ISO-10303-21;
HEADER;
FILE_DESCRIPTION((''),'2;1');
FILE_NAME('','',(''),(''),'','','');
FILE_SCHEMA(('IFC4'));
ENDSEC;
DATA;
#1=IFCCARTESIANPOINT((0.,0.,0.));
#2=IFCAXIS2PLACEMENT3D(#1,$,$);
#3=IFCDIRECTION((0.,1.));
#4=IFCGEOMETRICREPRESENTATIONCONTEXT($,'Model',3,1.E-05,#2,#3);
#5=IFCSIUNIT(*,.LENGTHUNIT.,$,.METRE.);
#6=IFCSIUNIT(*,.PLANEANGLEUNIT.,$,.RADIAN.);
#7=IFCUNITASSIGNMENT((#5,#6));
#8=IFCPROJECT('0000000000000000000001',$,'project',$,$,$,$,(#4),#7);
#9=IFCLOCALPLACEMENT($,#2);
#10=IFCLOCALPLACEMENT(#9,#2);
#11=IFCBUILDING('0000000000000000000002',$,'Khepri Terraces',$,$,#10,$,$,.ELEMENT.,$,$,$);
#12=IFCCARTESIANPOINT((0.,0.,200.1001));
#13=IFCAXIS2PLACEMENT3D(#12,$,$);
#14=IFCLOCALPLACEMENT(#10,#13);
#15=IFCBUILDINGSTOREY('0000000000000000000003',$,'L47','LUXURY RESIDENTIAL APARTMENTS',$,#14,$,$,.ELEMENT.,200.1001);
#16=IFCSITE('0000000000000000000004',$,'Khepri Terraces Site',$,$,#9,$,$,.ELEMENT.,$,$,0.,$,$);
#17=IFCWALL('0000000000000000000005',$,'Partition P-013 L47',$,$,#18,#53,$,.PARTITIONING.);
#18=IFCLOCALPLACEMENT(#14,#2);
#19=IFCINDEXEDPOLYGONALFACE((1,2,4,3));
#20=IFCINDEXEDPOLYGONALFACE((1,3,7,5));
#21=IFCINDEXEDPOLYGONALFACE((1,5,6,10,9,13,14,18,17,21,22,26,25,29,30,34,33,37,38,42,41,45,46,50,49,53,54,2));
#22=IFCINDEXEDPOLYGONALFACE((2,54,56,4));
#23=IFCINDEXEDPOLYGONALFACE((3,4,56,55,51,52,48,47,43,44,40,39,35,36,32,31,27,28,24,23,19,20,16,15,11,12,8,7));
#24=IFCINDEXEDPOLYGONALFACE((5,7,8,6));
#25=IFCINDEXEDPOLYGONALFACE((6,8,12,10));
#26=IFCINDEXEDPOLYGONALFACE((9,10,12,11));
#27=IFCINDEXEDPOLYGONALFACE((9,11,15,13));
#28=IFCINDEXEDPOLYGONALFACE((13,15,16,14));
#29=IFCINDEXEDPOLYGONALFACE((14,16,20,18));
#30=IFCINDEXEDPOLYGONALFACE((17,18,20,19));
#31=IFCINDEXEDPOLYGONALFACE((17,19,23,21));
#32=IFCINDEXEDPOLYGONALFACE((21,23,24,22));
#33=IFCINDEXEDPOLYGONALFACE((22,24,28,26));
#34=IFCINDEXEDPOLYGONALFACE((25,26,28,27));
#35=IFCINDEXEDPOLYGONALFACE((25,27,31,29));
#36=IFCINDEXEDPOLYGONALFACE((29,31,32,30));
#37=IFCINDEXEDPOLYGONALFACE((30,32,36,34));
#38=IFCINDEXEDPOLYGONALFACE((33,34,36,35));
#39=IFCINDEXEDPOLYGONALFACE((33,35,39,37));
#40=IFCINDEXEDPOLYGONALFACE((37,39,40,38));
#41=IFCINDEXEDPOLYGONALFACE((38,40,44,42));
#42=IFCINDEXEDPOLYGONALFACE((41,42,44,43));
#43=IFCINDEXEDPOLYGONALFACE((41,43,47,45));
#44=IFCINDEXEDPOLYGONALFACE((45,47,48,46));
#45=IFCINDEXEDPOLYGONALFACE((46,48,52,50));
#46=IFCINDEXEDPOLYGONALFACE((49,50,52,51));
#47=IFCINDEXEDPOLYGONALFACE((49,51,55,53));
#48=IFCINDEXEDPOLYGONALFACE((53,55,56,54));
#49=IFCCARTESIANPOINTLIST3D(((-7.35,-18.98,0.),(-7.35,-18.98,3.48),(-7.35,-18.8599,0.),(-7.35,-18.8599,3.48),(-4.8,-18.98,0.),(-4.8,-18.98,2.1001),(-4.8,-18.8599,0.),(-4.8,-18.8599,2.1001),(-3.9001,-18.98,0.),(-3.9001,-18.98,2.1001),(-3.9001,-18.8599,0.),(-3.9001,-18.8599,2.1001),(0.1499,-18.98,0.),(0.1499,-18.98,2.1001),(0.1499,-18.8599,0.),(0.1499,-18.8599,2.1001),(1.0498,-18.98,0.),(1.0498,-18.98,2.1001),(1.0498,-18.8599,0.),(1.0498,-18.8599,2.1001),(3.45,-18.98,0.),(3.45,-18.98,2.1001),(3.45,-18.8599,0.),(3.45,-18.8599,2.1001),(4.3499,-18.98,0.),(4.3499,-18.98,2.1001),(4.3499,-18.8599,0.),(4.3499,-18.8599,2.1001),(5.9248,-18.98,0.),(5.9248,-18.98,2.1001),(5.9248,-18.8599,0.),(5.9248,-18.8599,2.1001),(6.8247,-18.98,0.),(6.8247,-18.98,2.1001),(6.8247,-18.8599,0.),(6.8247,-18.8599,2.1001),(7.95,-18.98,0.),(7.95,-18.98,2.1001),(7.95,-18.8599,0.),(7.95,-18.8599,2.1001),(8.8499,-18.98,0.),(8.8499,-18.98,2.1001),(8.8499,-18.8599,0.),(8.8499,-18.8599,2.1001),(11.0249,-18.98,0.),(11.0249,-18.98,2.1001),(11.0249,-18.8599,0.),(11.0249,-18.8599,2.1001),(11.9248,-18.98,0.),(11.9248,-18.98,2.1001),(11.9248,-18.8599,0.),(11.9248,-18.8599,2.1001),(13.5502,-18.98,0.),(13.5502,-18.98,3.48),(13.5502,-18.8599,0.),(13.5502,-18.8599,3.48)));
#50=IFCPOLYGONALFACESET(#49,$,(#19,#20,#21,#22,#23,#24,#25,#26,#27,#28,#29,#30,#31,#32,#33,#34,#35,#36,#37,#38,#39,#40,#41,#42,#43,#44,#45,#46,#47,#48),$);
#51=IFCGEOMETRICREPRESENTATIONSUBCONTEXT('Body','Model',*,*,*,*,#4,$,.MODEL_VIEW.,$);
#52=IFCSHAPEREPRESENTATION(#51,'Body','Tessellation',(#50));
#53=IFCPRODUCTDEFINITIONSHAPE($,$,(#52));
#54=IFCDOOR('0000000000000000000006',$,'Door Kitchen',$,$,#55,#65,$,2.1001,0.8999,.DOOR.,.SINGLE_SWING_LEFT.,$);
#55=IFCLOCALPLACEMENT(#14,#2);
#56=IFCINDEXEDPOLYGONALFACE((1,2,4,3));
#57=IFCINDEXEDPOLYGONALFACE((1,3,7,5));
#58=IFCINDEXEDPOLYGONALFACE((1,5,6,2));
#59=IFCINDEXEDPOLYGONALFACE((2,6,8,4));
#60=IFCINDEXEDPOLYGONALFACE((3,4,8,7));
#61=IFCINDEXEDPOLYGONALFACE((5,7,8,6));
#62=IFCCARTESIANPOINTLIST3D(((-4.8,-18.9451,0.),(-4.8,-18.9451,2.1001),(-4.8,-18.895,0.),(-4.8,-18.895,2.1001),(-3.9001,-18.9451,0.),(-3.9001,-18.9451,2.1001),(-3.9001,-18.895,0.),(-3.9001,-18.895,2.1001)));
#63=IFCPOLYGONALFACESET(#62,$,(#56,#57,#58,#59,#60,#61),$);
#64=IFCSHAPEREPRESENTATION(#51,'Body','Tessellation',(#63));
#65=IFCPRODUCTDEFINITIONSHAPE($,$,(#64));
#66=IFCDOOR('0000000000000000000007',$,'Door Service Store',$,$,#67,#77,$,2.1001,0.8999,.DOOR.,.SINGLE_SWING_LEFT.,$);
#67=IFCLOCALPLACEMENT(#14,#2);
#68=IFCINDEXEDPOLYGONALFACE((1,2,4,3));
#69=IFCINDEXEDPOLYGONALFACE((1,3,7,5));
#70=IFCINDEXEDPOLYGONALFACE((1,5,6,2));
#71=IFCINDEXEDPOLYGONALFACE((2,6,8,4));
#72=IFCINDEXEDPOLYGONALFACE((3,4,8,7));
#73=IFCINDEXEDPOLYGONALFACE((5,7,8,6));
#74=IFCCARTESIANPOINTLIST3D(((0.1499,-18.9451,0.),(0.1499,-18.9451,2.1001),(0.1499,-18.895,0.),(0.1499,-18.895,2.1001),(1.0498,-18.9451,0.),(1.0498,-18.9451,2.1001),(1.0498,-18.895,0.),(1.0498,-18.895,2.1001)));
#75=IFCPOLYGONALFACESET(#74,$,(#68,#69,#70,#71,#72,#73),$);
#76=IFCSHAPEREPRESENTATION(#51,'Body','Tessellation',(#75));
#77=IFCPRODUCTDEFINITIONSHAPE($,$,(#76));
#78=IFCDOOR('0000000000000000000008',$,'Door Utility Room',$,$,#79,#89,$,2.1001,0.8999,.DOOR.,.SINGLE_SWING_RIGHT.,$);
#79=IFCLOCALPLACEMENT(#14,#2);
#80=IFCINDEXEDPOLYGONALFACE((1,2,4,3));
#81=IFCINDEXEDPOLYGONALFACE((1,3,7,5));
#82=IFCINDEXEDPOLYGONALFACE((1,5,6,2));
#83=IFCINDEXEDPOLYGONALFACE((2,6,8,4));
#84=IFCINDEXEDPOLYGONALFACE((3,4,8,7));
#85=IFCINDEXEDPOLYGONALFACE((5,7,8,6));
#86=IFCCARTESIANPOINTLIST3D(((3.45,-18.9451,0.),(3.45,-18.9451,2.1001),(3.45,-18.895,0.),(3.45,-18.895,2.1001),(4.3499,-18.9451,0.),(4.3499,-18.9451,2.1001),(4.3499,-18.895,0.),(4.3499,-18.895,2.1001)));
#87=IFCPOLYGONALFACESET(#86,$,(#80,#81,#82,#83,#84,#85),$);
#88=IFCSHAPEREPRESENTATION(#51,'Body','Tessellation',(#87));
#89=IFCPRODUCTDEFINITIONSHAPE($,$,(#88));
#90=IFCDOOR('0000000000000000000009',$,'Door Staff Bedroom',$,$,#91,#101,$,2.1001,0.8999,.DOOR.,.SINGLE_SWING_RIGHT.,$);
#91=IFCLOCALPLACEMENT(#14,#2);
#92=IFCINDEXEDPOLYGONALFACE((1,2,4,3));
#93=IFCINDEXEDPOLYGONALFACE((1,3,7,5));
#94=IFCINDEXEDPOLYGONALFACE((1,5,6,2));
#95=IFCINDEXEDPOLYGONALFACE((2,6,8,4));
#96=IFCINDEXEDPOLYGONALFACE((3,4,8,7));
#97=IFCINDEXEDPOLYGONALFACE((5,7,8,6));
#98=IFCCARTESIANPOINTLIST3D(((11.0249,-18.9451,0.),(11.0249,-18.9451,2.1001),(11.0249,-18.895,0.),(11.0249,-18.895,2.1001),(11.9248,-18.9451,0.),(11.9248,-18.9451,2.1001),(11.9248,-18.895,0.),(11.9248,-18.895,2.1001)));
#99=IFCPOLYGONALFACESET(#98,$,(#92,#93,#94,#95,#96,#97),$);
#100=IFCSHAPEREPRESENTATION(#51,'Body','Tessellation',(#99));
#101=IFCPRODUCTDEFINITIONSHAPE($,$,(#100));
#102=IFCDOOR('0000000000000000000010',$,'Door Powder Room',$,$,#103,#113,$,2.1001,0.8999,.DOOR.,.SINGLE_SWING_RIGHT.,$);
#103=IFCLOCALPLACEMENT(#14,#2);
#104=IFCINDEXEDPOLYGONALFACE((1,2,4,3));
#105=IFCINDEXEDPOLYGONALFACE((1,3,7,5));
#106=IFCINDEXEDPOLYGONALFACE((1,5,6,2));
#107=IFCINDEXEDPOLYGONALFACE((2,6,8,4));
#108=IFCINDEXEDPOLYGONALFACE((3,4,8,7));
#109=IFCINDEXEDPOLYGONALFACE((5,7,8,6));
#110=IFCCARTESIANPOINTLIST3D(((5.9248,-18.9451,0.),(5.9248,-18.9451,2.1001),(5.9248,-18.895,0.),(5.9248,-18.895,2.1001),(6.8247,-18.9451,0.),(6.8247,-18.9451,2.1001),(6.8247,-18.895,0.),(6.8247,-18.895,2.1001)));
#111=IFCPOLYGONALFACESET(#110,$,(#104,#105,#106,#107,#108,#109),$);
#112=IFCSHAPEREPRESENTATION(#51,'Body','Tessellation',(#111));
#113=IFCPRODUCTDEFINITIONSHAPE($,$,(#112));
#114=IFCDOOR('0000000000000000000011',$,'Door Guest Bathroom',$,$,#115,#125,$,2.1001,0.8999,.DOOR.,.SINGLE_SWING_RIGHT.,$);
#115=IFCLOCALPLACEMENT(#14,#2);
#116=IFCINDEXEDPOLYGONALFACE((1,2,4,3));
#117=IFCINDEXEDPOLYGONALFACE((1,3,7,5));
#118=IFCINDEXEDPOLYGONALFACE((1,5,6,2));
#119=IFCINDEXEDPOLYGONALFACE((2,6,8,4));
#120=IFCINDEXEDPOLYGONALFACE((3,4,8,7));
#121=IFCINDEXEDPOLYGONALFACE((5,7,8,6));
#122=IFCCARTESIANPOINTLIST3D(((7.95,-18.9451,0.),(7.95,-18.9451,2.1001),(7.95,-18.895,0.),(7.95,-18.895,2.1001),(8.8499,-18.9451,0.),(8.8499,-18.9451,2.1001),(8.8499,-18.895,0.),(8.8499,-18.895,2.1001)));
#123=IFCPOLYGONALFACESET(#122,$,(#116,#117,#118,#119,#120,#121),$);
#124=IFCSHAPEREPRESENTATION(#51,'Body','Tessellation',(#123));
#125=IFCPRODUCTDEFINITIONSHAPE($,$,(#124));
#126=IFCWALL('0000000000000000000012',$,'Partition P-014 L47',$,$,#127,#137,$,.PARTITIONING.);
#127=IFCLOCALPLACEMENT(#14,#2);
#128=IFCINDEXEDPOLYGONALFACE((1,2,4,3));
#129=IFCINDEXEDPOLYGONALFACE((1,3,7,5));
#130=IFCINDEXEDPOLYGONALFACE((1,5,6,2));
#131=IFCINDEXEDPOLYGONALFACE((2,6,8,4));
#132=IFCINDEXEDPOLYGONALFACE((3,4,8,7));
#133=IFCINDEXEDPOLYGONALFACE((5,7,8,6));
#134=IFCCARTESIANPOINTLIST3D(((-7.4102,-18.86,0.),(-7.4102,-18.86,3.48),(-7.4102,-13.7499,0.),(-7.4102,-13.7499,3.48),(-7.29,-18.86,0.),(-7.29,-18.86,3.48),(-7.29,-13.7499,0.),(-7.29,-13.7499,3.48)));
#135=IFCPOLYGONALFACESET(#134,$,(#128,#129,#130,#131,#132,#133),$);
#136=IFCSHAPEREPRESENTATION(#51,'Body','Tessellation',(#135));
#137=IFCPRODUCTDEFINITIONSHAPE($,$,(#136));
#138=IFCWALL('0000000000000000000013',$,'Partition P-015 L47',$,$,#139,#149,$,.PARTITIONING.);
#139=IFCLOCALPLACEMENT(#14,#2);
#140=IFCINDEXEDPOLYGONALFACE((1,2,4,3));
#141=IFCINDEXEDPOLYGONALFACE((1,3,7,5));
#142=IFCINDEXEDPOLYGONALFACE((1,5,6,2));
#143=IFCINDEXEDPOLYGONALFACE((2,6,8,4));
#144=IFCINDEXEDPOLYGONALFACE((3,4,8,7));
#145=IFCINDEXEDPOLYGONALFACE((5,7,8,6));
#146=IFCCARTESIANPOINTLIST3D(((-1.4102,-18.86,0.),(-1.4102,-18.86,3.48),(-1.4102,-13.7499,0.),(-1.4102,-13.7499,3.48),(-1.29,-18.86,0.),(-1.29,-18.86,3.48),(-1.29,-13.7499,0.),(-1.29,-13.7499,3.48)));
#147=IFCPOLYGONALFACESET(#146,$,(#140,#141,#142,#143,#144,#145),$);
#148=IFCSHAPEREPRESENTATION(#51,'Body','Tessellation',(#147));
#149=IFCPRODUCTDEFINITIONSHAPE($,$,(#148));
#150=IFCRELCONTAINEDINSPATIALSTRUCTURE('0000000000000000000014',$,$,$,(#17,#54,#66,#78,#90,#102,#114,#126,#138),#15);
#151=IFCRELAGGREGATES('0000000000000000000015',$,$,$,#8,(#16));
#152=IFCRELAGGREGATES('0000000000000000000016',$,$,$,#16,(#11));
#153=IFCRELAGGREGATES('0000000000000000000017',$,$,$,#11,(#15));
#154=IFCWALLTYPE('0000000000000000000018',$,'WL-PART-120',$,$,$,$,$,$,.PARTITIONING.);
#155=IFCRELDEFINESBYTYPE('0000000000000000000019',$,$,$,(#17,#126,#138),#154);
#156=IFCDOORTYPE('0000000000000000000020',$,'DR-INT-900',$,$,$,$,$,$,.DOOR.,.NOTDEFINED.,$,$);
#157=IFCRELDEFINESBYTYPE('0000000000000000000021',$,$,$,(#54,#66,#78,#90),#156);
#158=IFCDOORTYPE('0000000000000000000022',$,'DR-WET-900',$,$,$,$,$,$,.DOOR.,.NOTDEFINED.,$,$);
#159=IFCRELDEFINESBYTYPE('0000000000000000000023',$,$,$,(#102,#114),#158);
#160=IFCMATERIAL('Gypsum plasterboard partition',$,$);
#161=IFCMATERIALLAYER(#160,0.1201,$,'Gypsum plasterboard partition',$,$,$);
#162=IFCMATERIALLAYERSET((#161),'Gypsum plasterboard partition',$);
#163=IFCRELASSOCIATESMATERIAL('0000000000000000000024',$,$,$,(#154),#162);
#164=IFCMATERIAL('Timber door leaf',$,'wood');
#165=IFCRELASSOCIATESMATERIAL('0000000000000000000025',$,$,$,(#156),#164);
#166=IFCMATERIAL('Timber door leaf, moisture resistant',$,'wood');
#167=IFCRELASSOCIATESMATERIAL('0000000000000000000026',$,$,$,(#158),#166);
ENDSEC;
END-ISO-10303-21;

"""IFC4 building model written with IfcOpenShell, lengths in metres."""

from ifc_helpers import new_model, si_unit, direction, frame, frame_2d, origin, place, context, subcontext, project, spatial, rectangle, extrude, material, layer, layer_set, type_object, element, fill, save


model = new_model("IFC4")

# Units and contexts
model_context = context("Model", 3, precision=1e-05, world=origin(), true_north=direction((0.0, 1.0)))
body_context = subcontext(model_context, "Body", "Model", "MODEL_VIEW")
ifc_project = project(units=[si_unit("LENGTHUNIT", "METRE"), si_unit("PLANEANGLEUNIT", "RADIAN")], contexts=[model_context])

# Site, building, storey
site_placement = place(None, origin())
site = spatial("IfcSite", under=ifc_project, at=site_placement, Name="Khepri Terraces Site", CompositionType="ELEMENT", RefElevation=0.0)
building_placement = place(site_placement, origin())
building = spatial("IfcBuilding", under=site, at=building_placement, Name="Khepri Terraces", CompositionType="ELEMENT")
storey_placement = place(building_placement, frame((0.0, 0.0, 200.1001)))
storey = spatial("IfcBuildingStorey", under=building, at=storey_placement, Name="L47", Description="LUXURY RESIDENTIAL APARTMENTS", CompositionType="ELEMENT", Elevation=200.1001)

# Shared definitions
ifc_material_1 = material(Name="Gypsum plasterboard partition")
ifc_layer_1 = layer(ifc_material_1, 0.1201, Name="Gypsum plasterboard partition")
ifc_layer_set_1 = layer_set([ifc_layer_1], Name="Gypsum plasterboard partition")
wall_type_1 = type_object("IfcWallType", Name="WL-PART-120", PredefinedType="PARTITIONING", material=ifc_layer_set_1)
ifc_material_2 = material(Name="Timber door leaf", Category="wood")
door_type_1 = type_object("IfcDoorType", Name="DR-INT-900", OperationType="NOTDEFINED", PredefinedType="DOOR", material=ifc_material_2)
ifc_material_3 = material(Name="Timber door leaf, moisture resistant", Category="wood")
door_type_2 = type_object("IfcDoorType", Name="DR-WET-900", OperationType="NOTDEFINED", PredefinedType="DOOR", material=ifc_material_3)

# Wall, openings, doors
wall_1_placement = place(storey_placement, frame((-7.3501, -18.9199, 0.0), z_axis=(0.0, 0.0, 1.0), x_axis=(1.0, 0.0, 0.0)))
wall_1 = element("IfcWall", 1, at=wall_1_placement, inside=storey, type_object=wall_type_1, Name="Partition P-013 L47", PredefinedType="PARTITIONING", context=body_context, shape_type="SweptSolid", body=[
    extrude(rectangle(XDim=20.9001, YDim=0.1201, at=frame_2d((10.4502, 0.0))), origin(), (0.0, 0.0, 1.0), 3.48),
])
opening_1_placement = place(wall_1_placement, frame((2.55, 0.0, 0.0)))
opening_1 = element("IfcOpeningElement", 2, at=opening_1_placement, cuts=wall_1, PredefinedType="OPENING", context=body_context, shape_type="SweptSolid", body=[
    extrude(rectangle(XDim=0.8999, YDim=2.1001, at=frame_2d((0.45, 1.05))), frame((0.0, 0.0701, 0.0), z_axis=(0.0, -1.0, 0.0), x_axis=(1.0, 0.0, 0.0)), (0.0, 0.0, 1.0), 0.1401),
])
opening_2_placement = place(wall_1_placement, frame((7.5, 0.0, 0.0)))
opening_2 = element("IfcOpeningElement", 3, at=opening_2_placement, cuts=wall_1, PredefinedType="OPENING", context=body_context, shape_type="SweptSolid", body=[
    extrude(rectangle(XDim=0.8999, YDim=2.1001, at=frame_2d((0.45, 1.05))), frame((0.0, 0.0701, 0.0), z_axis=(0.0, -1.0, 0.0), x_axis=(1.0, 0.0, 0.0)), (0.0, 0.0, 1.0), 0.1401),
])
opening_3_placement = place(wall_1_placement, frame((10.8, 0.0, 0.0)))
opening_3 = element("IfcOpeningElement", 4, at=opening_3_placement, cuts=wall_1, PredefinedType="OPENING", context=body_context, shape_type="SweptSolid", body=[
    extrude(rectangle(XDim=0.8999, YDim=2.1001, at=frame_2d((0.45, 1.05))), frame((0.0, 0.0701, 0.0), z_axis=(0.0, -1.0, 0.0), x_axis=(1.0, 0.0, 0.0)), (0.0, 0.0, 1.0), 0.1401),
])
opening_4_placement = place(wall_1_placement, frame((13.2749, 0.0, 0.0)))
opening_4 = element("IfcOpeningElement", 5, at=opening_4_placement, cuts=wall_1, PredefinedType="OPENING", context=body_context, shape_type="SweptSolid", body=[
    extrude(rectangle(XDim=0.8999, YDim=2.1001, at=frame_2d((0.45, 1.05))), frame((0.0, 0.0701, 0.0), z_axis=(0.0, -1.0, 0.0), x_axis=(1.0, 0.0, 0.0)), (0.0, 0.0, 1.0), 0.1401),
])
opening_5_placement = place(wall_1_placement, frame((15.3, 0.0, 0.0)))
opening_5 = element("IfcOpeningElement", 6, at=opening_5_placement, cuts=wall_1, PredefinedType="OPENING", context=body_context, shape_type="SweptSolid", body=[
    extrude(rectangle(XDim=0.8999, YDim=2.1001, at=frame_2d((0.45, 1.05))), frame((0.0, 0.0701, 0.0), z_axis=(0.0, -1.0, 0.0), x_axis=(1.0, 0.0, 0.0)), (0.0, 0.0, 1.0), 0.1401),
])
opening_6_placement = place(wall_1_placement, frame((18.375, 0.0, 0.0)))
opening_6 = element("IfcOpeningElement", 7, at=opening_6_placement, cuts=wall_1, PredefinedType="OPENING", context=body_context, shape_type="SweptSolid", body=[
    extrude(rectangle(XDim=0.8999, YDim=2.1001, at=frame_2d((0.45, 1.05))), frame((0.0, 0.0701, 0.0), z_axis=(0.0, -1.0, 0.0), x_axis=(1.0, 0.0, 0.0)), (0.0, 0.0, 1.0), 0.1401),
])
door_1_placement = place(opening_1_placement, origin())
door_1 = element("IfcDoor", 8, at=door_1_placement, inside=storey, type_object=door_type_1, Name="Door Kitchen", OperationType="SINGLE_SWING_LEFT", OverallHeight=2.1001, OverallWidth=0.8999, PredefinedType="DOOR", context=body_context, shape_type="SweptSolid", body=[
    extrude(rectangle(XDim=0.8999, YDim=2.1001, at=frame_2d((0.45, 1.05))), frame((0.0, 0.0249, 0.0), z_axis=(0.0, -1.0, 0.0), x_axis=(1.0, 0.0, 0.0)), (0.0, 0.0, 1.0), 0.05),
])
fill(opening_1, door_1)
door_2_placement = place(opening_2_placement, origin())
door_2 = element("IfcDoor", 9, at=door_2_placement, inside=storey, type_object=door_type_1, Name="Door Service Store", OperationType="SINGLE_SWING_LEFT", OverallHeight=2.1001, OverallWidth=0.8999, PredefinedType="DOOR", context=body_context, shape_type="SweptSolid", body=[
    extrude(rectangle(XDim=0.8999, YDim=2.1001, at=frame_2d((0.45, 1.05))), frame((0.0, 0.0249, 0.0), z_axis=(0.0, -1.0, 0.0), x_axis=(1.0, 0.0, 0.0)), (0.0, 0.0, 1.0), 0.05),
])
fill(opening_2, door_2)
door_3_placement = place(opening_3_placement, origin())
door_3 = element("IfcDoor", 10, at=door_3_placement, inside=storey, type_object=door_type_1, Name="Door Utility Room", OperationType="SINGLE_SWING_RIGHT", OverallHeight=2.1001, OverallWidth=0.8999, PredefinedType="DOOR", context=body_context, shape_type="SweptSolid", body=[
    extrude(rectangle(XDim=0.8999, YDim=2.1001, at=frame_2d((0.45, 1.05))), frame((0.0, 0.0249, 0.0), z_axis=(0.0, -1.0, 0.0), x_axis=(1.0, 0.0, 0.0)), (0.0, 0.0, 1.0), 0.05),
])
fill(opening_3, door_3)
door_4_placement = place(opening_6_placement, origin())
door_4 = element("IfcDoor", 11, at=door_4_placement, inside=storey, type_object=door_type_1, Name="Door Staff Bedroom", OperationType="SINGLE_SWING_RIGHT", OverallHeight=2.1001, OverallWidth=0.8999, PredefinedType="DOOR", context=body_context, shape_type="SweptSolid", body=[
    extrude(rectangle(XDim=0.8999, YDim=2.1001, at=frame_2d((0.45, 1.05))), frame((0.0, 0.0249, 0.0), z_axis=(0.0, -1.0, 0.0), x_axis=(1.0, 0.0, 0.0)), (0.0, 0.0, 1.0), 0.05),
])
fill(opening_6, door_4)
door_5_placement = place(opening_4_placement, origin())
door_5 = element("IfcDoor", 12, at=door_5_placement, inside=storey, type_object=door_type_2, Name="Door Powder Room", OperationType="SINGLE_SWING_RIGHT", OverallHeight=2.1001, OverallWidth=0.8999, PredefinedType="DOOR", context=body_context, shape_type="SweptSolid", body=[
    extrude(rectangle(XDim=0.8999, YDim=2.1001, at=frame_2d((0.45, 1.05))), frame((0.0, 0.0249, 0.0), z_axis=(0.0, -1.0, 0.0), x_axis=(1.0, 0.0, 0.0)), (0.0, 0.0, 1.0), 0.05),
])
fill(opening_4, door_5)
door_6_placement = place(opening_5_placement, origin())
door_6 = element("IfcDoor", 13, at=door_6_placement, inside=storey, type_object=door_type_2, Name="Door Guest Bathroom", OperationType="SINGLE_SWING_RIGHT", OverallHeight=2.1001, OverallWidth=0.8999, PredefinedType="DOOR", context=body_context, shape_type="SweptSolid", body=[
    extrude(rectangle(XDim=0.8999, YDim=2.1001, at=frame_2d((0.45, 1.05))), frame((0.0, 0.0249, 0.0), z_axis=(0.0, -1.0, 0.0), x_axis=(1.0, 0.0, 0.0)), (0.0, 0.0, 1.0), 0.05),
])
fill(opening_5, door_6)

# Walls
for number, where, z_axis, x_axis, name in (
    (14, (-7.3501, -18.8601, 0.0), (0.0, 0.0, 1.0), (0.0, 1.0, 0.0), "Partition P-014 L47"),
    (15, (-1.3501, -18.8601, 0.0), (0.0, 0.0, 1.0), (0.0, 1.0, 0.0), "Partition P-015 L47"),
):
    element("IfcWall", number, at=place(storey_placement, frame(where, z_axis=z_axis, x_axis=x_axis)), inside=storey, type_object=wall_type_1, Name=name, PredefinedType="PARTITIONING", context=body_context, shape_type="SweptSolid", body=[
        extrude(rectangle(XDim=5.1101, YDim=0.1201, at=frame_2d((2.5552, 0.0))), origin(), (0.0, 0.0, 1.0), 3.48),
    ])

save(model, "model.ifc")
